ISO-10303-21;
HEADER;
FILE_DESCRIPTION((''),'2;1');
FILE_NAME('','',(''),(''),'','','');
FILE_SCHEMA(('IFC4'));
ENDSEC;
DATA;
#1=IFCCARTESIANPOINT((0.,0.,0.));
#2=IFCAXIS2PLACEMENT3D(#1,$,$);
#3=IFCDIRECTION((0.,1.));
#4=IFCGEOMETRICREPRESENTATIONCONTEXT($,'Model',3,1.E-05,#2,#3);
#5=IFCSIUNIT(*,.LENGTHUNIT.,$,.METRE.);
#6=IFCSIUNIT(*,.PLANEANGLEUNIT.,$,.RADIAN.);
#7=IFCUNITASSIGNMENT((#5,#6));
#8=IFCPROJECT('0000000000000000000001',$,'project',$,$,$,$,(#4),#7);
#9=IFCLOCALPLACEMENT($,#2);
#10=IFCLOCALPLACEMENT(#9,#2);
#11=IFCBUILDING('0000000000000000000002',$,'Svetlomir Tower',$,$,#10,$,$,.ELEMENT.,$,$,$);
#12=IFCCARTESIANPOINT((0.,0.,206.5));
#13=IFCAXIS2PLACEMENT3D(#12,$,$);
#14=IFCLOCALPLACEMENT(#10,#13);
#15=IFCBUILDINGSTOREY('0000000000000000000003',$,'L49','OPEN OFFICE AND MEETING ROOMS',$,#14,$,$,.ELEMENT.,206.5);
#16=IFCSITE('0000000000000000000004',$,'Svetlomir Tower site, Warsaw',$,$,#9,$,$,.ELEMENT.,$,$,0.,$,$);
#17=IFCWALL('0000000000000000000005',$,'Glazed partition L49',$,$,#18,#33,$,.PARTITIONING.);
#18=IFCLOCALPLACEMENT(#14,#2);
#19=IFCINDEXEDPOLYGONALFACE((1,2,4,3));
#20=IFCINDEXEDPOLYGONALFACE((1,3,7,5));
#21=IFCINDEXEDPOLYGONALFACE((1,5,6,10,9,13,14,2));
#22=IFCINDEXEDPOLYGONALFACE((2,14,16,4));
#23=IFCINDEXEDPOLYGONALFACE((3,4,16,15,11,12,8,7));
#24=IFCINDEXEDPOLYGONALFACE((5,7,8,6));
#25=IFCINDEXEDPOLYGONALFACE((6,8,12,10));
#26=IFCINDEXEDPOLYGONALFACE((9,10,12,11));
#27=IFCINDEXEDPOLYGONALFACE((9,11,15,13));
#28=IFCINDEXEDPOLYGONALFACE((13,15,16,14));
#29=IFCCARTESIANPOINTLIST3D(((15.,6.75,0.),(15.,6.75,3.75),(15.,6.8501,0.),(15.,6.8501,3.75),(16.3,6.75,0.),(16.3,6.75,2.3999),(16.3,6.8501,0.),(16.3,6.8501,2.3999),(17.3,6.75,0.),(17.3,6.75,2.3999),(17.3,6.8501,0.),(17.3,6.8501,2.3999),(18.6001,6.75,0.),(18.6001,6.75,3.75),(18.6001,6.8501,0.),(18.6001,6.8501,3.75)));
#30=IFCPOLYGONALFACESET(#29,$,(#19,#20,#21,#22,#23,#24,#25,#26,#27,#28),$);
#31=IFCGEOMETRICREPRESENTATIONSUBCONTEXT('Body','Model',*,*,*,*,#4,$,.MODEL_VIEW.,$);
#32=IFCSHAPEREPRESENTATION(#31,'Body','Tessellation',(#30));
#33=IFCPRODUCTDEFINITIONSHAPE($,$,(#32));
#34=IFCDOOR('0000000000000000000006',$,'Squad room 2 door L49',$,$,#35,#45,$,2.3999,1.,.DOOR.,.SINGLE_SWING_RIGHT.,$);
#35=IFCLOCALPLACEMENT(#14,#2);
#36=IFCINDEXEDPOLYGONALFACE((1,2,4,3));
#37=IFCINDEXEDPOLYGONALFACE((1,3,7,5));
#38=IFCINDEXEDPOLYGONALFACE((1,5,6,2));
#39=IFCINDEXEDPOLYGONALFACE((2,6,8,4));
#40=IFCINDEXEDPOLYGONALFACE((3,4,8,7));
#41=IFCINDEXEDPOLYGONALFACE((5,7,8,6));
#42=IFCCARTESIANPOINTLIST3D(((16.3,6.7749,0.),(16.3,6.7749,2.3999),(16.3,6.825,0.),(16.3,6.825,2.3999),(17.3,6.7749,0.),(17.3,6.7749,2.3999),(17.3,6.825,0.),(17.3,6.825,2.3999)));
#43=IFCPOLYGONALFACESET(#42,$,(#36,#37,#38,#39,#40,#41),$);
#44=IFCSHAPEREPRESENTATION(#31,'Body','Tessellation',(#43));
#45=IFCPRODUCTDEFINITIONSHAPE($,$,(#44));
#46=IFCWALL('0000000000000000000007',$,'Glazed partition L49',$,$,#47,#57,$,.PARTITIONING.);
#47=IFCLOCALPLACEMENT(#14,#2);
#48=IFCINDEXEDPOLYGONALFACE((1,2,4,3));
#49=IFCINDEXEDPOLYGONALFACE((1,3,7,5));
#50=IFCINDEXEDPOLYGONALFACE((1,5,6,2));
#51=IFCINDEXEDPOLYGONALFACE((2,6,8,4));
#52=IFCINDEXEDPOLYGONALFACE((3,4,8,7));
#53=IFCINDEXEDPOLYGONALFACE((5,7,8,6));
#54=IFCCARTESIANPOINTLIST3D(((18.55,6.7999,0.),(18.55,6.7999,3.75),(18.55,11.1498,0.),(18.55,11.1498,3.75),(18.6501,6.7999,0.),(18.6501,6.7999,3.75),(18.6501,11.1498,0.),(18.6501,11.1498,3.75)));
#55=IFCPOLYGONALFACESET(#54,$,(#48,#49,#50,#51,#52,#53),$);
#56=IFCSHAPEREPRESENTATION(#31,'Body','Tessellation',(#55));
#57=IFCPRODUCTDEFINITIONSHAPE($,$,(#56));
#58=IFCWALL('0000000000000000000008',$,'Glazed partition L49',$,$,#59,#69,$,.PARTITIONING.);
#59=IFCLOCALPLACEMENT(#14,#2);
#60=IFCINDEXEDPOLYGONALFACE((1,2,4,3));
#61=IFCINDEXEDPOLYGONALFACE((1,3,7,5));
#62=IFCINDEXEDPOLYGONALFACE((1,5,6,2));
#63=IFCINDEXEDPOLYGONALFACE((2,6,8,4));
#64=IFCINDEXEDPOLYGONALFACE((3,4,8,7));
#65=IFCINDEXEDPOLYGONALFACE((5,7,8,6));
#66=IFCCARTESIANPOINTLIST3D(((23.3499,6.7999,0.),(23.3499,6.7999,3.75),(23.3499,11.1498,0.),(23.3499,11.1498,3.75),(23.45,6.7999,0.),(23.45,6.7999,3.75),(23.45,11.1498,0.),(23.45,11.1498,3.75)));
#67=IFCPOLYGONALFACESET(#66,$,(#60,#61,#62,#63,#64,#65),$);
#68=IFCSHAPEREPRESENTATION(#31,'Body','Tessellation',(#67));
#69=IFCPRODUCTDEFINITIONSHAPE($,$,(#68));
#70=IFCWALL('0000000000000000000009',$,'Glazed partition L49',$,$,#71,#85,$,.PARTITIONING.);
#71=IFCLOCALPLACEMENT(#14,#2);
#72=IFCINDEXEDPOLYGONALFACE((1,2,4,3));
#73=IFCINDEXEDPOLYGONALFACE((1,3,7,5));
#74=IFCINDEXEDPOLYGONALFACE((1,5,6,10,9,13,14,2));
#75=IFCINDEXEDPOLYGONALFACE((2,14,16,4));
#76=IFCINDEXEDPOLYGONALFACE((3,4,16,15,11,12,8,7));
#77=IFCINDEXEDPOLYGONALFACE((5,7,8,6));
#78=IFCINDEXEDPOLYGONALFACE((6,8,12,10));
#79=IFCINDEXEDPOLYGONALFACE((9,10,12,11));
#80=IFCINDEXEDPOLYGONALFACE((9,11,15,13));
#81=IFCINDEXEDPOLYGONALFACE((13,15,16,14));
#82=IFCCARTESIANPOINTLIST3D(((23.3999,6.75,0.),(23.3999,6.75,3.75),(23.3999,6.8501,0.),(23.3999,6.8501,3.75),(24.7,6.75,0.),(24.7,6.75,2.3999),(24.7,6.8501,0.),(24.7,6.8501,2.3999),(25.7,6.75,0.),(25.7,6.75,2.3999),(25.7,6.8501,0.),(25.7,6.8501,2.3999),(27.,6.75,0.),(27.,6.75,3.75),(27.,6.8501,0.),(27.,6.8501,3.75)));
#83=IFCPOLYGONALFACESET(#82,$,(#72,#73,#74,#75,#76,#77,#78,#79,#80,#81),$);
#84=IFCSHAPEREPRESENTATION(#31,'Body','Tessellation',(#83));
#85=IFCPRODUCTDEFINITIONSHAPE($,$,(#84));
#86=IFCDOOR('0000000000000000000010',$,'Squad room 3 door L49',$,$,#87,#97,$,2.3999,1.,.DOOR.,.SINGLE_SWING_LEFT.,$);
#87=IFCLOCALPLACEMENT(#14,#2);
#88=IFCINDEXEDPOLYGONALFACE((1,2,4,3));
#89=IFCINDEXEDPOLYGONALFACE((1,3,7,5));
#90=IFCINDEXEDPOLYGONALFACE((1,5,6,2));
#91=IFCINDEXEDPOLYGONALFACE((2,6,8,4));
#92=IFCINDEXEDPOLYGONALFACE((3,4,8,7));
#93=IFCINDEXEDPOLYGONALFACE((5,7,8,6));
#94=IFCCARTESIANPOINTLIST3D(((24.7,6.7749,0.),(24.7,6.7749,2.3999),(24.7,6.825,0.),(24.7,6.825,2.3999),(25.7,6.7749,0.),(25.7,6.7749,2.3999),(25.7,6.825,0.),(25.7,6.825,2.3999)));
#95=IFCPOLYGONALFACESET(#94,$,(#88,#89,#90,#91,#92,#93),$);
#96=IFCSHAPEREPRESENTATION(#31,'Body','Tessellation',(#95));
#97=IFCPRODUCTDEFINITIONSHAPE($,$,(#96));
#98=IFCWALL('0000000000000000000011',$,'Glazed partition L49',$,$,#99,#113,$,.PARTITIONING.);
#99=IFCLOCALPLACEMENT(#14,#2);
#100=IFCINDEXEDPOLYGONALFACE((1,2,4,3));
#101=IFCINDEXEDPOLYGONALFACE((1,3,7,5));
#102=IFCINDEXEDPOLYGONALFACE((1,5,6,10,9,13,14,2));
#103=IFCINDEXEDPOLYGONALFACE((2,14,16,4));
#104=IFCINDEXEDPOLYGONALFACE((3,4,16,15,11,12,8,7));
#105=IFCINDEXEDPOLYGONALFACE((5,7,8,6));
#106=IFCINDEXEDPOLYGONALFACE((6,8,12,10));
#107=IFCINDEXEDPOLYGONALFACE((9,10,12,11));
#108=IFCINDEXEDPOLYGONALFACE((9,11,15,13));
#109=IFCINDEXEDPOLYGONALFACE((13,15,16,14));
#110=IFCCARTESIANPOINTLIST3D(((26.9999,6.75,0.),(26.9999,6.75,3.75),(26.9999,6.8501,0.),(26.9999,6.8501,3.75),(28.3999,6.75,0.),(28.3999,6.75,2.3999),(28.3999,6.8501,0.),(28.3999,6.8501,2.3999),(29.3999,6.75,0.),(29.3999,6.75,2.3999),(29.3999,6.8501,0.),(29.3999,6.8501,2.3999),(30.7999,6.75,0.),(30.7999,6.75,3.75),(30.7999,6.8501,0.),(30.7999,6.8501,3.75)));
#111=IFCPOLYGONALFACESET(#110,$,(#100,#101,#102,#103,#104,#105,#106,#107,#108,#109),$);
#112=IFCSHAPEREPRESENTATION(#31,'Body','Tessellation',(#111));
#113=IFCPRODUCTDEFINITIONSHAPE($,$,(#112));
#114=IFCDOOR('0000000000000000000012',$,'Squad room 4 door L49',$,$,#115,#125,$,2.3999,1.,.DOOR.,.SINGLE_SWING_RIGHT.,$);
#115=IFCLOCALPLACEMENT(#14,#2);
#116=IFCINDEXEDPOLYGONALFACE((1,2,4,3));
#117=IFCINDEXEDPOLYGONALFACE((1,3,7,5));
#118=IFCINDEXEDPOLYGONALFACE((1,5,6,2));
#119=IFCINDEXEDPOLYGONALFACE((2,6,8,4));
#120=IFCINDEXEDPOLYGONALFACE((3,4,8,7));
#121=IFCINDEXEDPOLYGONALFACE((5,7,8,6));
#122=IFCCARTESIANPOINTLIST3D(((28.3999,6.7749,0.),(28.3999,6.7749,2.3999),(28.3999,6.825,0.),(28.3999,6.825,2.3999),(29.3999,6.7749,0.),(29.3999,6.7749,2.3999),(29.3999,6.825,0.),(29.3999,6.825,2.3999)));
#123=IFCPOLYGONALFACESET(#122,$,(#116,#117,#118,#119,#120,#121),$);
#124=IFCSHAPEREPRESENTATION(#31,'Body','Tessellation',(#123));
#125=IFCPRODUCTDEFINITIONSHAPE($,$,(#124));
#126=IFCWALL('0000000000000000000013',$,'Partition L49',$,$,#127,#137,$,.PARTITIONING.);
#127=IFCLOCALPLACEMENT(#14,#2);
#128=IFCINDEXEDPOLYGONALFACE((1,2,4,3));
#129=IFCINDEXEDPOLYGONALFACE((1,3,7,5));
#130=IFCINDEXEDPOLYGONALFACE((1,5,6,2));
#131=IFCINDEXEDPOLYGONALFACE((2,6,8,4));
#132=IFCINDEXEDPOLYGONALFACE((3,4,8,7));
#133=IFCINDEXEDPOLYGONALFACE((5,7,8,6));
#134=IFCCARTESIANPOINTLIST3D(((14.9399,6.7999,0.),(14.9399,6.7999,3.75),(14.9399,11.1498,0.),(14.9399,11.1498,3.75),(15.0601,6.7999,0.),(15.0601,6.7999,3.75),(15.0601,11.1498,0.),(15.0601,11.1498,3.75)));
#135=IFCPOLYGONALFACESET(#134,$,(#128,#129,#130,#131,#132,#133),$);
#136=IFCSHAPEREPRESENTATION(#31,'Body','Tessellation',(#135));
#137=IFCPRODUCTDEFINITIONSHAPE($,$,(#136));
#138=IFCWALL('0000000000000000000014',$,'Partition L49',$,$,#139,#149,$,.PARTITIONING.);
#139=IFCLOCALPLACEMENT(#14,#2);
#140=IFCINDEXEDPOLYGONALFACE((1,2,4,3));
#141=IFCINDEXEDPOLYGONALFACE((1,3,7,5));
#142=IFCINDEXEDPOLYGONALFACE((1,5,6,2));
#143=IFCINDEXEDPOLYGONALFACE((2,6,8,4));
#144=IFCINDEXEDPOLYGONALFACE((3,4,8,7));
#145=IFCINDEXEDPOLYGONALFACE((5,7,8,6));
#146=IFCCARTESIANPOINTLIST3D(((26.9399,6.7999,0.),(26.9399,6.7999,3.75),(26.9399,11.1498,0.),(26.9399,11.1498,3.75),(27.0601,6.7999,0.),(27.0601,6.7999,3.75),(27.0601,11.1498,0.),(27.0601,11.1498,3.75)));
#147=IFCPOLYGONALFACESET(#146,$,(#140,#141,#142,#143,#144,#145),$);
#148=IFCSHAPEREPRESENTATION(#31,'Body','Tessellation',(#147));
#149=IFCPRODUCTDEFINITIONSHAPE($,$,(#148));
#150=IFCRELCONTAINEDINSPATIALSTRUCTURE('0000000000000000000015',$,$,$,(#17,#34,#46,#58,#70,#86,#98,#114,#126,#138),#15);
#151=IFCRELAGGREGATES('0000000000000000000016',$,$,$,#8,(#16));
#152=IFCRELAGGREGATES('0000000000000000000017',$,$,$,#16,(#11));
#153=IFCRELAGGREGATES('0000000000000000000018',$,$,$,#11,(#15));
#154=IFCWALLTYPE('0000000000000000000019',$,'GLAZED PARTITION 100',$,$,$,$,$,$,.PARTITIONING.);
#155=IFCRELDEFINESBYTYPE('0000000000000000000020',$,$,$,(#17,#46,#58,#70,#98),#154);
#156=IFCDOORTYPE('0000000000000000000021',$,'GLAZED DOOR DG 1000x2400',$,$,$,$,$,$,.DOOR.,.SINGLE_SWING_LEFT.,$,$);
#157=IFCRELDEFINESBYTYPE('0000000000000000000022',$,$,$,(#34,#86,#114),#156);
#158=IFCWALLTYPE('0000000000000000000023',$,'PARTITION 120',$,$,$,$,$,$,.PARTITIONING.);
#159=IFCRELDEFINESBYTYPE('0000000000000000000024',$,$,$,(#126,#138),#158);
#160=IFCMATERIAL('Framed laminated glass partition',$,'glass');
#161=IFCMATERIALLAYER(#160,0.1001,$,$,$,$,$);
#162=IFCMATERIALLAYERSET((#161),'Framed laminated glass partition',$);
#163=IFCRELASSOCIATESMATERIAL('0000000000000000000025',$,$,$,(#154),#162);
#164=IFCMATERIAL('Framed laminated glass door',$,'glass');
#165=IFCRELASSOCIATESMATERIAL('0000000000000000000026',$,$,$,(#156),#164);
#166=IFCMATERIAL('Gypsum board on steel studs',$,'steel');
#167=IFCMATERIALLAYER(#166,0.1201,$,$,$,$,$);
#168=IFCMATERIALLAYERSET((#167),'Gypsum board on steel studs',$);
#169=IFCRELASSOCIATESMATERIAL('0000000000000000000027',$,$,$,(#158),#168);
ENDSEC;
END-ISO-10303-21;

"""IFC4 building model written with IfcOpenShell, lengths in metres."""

from ifc_helpers import new_model, si_unit, direction, frame, frame_2d, origin, place, context, subcontext, project, spatial, rectangle, extrude, material, layer, layer_set, type_object, element, fill, save


model = new_model("IFC4")

# Units and contexts
model_context = context("Model", 3, precision=1e-05, world=origin(), true_north=direction((0.0, 1.0)))
body_context = subcontext(model_context, "Body", "Model", "MODEL_VIEW")
ifc_project = project(units=[si_unit("LENGTHUNIT", "METRE"), si_unit("PLANEANGLEUNIT", "RADIAN")], contexts=[model_context])

# Site, building, storey
site_placement = place(None, origin())
site = spatial("IfcSite", under=ifc_project, at=site_placement, Name="Svetlomir Tower site, Warsaw", CompositionType="ELEMENT", RefElevation=0.0)
building_placement = place(site_placement, origin())
building = spatial("IfcBuilding", under=site, at=building_placement, Name="Svetlomir Tower", CompositionType="ELEMENT")
storey_placement = place(building_placement, frame((0.0, 0.0, 206.5)))
storey = spatial("IfcBuildingStorey", under=building, at=storey_placement, Name="L49", Description="OPEN OFFICE AND MEETING ROOMS", CompositionType="ELEMENT", Elevation=206.5)

# Wall, opening, door
ifc_material_1 = material(Name="Framed laminated glass partition", Category="glass")
ifc_layer_1 = layer(ifc_material_1, 0.1001)
ifc_layer_set_1 = layer_set([ifc_layer_1], Name="Framed laminated glass partition")
wall_type_1 = type_object("IfcWallType", Name="GLAZED PARTITION 100", PredefinedType="PARTITIONING", material=ifc_layer_set_1)
wall_1_placement = place(storey_placement, frame((15.0, 6.8, 0.0), z_axis=(0.0, 0.0, 1.0), x_axis=(1.0, 0.0, 0.0)))
wall_1 = element("IfcWall", 1, at=wall_1_placement, inside=storey, type_object=wall_type_1, Name="Glazed partition L49", PredefinedType="PARTITIONING", context=body_context, shape_type="SweptSolid", body=[
    extrude(rectangle(XDim=3.6001, YDim=0.1001, at=frame_2d((1.8, 0.0))), origin(), (0.0, 0.0, 1.0), 3.75),
])
opening_1_placement = place(wall_1_placement, frame((1.3, 0.0, 0.0)))
opening_1 = element("IfcOpeningElement", 2, at=opening_1_placement, cuts=wall_1, PredefinedType="OPENING", context=body_context, shape_type="SweptSolid", body=[
    extrude(rectangle(XDim=1.0, YDim=2.3999, at=frame_2d((0.5, 1.2))), frame((0.0, 0.0601, 0.0), z_axis=(0.0, -1.0, 0.0), x_axis=(1.0, 0.0, 0.0)), (0.0, 0.0, 1.0), 0.1201),
])
ifc_material_2 = material(Name="Framed laminated glass door", Category="glass")
door_type_1 = type_object("IfcDoorType", Name="GLAZED DOOR DG 1000x2400", OperationType="SINGLE_SWING_LEFT", PredefinedType="DOOR", material=ifc_material_2)
door_1_placement = place(opening_1_placement, origin())
door_1 = element("IfcDoor", 3, at=door_1_placement, inside=storey, type_object=door_type_1, Name="Squad room 2 door L49", OperationType="SINGLE_SWING_RIGHT", OverallHeight=2.3999, OverallWidth=1.0, PredefinedType="DOOR", context=body_context, shape_type="SweptSolid", body=[
    extrude(rectangle(XDim=1.0, YDim=2.3999, at=frame_2d((0.5, 1.2))), frame((0.0, 0.0249, 0.0), z_axis=(0.0, -1.0, 0.0), x_axis=(1.0, 0.0, 0.0)), (0.0, 0.0, 1.0), 0.05),
])
fill(opening_1, door_1)

# Walls
for number, where, z_axis, x_axis, name in (
    (4, (18.6001, 6.8, 0.0), (0.0, 0.0, 1.0), (0.0, 1.0, 0.0), "Glazed partition L49"),
    (5, (23.3999, 6.8, 0.0), (0.0, 0.0, 1.0), (0.0, 1.0, 0.0), "Glazed partition L49"),
):
    element("IfcWall", number, at=place(storey_placement, frame(where, z_axis=z_axis, x_axis=x_axis)), inside=storey, type_object=wall_type_1, Name=name, PredefinedType="PARTITIONING", context=body_context, shape_type="SweptSolid", body=[
        extrude(rectangle(XDim=4.3499, YDim=0.1001, at=frame_2d((2.1748, 0.0))), origin(), (0.0, 0.0, 1.0), 3.75),
    ])

# Walls, openings, doors
wall_2_placement = place(storey_placement, frame((23.3999, 6.8, 0.0), z_axis=(0.0, 0.0, 1.0), x_axis=(1.0, 0.0, 0.0)))
wall_2 = element("IfcWall", 6, at=wall_2_placement, inside=storey, type_object=wall_type_1, Name="Glazed partition L49", PredefinedType="PARTITIONING", context=body_context, shape_type="SweptSolid", body=[
    extrude(rectangle(XDim=3.6001, YDim=0.1001, at=frame_2d((1.8, 0.0))), origin(), (0.0, 0.0, 1.0), 3.75),
])
opening_2_placement = place(wall_2_placement, frame((1.3, 0.0, 0.0)))
opening_2 = element("IfcOpeningElement", 7, at=opening_2_placement, cuts=wall_2, PredefinedType="OPENING", context=body_context, shape_type="SweptSolid", body=[
    extrude(rectangle(XDim=1.0, YDim=2.3999, at=frame_2d((0.5, 1.2))), frame((0.0, 0.0601, 0.0), z_axis=(0.0, -1.0, 0.0), x_axis=(1.0, 0.0, 0.0)), (0.0, 0.0, 1.0), 0.1201),
])
door_2_placement = place(opening_2_placement, origin())
door_2 = element("IfcDoor", 8, at=door_2_placement, inside=storey, type_object=door_type_1, Name="Squad room 3 door L49", OperationType="SINGLE_SWING_LEFT", OverallHeight=2.3999, OverallWidth=1.0, PredefinedType="DOOR", context=body_context, shape_type="SweptSolid", body=[
    extrude(rectangle(XDim=1.0, YDim=2.3999, at=frame_2d((0.5, 1.2))), frame((0.0, 0.0249, 0.0), z_axis=(0.0, -1.0, 0.0), x_axis=(1.0, 0.0, 0.0)), (0.0, 0.0, 1.0), 0.05),
])
fill(opening_2, door_2)
wall_3_placement = place(storey_placement, frame((27.0, 6.8, 0.0), z_axis=(0.0, 0.0, 1.0), x_axis=(1.0, 0.0, 0.0)))
wall_3 = element("IfcWall", 9, at=wall_3_placement, inside=storey, type_object=wall_type_1, Name="Glazed partition L49", PredefinedType="PARTITIONING", context=body_context, shape_type="SweptSolid", body=[
    extrude(rectangle(XDim=3.8, YDim=0.1001, at=frame_2d((1.8999, 0.0))), origin(), (0.0, 0.0, 1.0), 3.75),
])
opening_3_placement = place(wall_3_placement, frame((1.3999, 0.0, 0.0)))
opening_3 = element("IfcOpeningElement", 10, at=opening_3_placement, cuts=wall_3, PredefinedType="OPENING", context=body_context, shape_type="SweptSolid", body=[
    extrude(rectangle(XDim=1.0, YDim=2.3999, at=frame_2d((0.5, 1.2))), frame((0.0, 0.0601, 0.0), z_axis=(0.0, -1.0, 0.0), x_axis=(1.0, 0.0, 0.0)), (0.0, 0.0, 1.0), 0.1201),
])
door_3_placement = place(opening_3_placement, origin())
door_3 = element("IfcDoor", 11, at=door_3_placement, inside=storey, type_object=door_type_1, Name="Squad room 4 door L49", OperationType="SINGLE_SWING_RIGHT", OverallHeight=2.3999, OverallWidth=1.0, PredefinedType="DOOR", context=body_context, shape_type="SweptSolid", body=[
    extrude(rectangle(XDim=1.0, YDim=2.3999, at=frame_2d((0.5, 1.2))), frame((0.0, 0.0249, 0.0), z_axis=(0.0, -1.0, 0.0), x_axis=(1.0, 0.0, 0.0)), (0.0, 0.0, 1.0), 0.05),
])
fill(opening_3, door_3)

# Walls
ifc_material_3 = material(Name="Gypsum board on steel studs", Category="steel")
ifc_layer_2 = layer(ifc_material_3, 0.1201)
ifc_layer_set_2 = layer_set([ifc_layer_2], Name="Gypsum board on steel studs")
wall_type_2 = type_object("IfcWallType", Name="PARTITION 120", PredefinedType="PARTITIONING", material=ifc_layer_set_2)
for number, where, z_axis, x_axis, name in (
    (12, (15.0, 6.8, 0.0), (0.0, 0.0, 1.0), (0.0, 1.0, 0.0), "Partition L49"),
    (13, (27.0, 6.8, 0.0), (0.0, 0.0, 1.0), (0.0, 1.0, 0.0), "Partition L49"),
):
    element("IfcWall", number, at=place(storey_placement, frame(where, z_axis=z_axis, x_axis=x_axis)), inside=storey, type_object=wall_type_2, Name=name, PredefinedType="PARTITIONING", context=body_context, shape_type="SweptSolid", body=[
        extrude(rectangle(XDim=4.3499, YDim=0.1201, at=frame_2d((2.1748, 0.0))), origin(), (0.0, 0.0, 1.0), 3.75),
    ])

save(model, "model.ifc")
